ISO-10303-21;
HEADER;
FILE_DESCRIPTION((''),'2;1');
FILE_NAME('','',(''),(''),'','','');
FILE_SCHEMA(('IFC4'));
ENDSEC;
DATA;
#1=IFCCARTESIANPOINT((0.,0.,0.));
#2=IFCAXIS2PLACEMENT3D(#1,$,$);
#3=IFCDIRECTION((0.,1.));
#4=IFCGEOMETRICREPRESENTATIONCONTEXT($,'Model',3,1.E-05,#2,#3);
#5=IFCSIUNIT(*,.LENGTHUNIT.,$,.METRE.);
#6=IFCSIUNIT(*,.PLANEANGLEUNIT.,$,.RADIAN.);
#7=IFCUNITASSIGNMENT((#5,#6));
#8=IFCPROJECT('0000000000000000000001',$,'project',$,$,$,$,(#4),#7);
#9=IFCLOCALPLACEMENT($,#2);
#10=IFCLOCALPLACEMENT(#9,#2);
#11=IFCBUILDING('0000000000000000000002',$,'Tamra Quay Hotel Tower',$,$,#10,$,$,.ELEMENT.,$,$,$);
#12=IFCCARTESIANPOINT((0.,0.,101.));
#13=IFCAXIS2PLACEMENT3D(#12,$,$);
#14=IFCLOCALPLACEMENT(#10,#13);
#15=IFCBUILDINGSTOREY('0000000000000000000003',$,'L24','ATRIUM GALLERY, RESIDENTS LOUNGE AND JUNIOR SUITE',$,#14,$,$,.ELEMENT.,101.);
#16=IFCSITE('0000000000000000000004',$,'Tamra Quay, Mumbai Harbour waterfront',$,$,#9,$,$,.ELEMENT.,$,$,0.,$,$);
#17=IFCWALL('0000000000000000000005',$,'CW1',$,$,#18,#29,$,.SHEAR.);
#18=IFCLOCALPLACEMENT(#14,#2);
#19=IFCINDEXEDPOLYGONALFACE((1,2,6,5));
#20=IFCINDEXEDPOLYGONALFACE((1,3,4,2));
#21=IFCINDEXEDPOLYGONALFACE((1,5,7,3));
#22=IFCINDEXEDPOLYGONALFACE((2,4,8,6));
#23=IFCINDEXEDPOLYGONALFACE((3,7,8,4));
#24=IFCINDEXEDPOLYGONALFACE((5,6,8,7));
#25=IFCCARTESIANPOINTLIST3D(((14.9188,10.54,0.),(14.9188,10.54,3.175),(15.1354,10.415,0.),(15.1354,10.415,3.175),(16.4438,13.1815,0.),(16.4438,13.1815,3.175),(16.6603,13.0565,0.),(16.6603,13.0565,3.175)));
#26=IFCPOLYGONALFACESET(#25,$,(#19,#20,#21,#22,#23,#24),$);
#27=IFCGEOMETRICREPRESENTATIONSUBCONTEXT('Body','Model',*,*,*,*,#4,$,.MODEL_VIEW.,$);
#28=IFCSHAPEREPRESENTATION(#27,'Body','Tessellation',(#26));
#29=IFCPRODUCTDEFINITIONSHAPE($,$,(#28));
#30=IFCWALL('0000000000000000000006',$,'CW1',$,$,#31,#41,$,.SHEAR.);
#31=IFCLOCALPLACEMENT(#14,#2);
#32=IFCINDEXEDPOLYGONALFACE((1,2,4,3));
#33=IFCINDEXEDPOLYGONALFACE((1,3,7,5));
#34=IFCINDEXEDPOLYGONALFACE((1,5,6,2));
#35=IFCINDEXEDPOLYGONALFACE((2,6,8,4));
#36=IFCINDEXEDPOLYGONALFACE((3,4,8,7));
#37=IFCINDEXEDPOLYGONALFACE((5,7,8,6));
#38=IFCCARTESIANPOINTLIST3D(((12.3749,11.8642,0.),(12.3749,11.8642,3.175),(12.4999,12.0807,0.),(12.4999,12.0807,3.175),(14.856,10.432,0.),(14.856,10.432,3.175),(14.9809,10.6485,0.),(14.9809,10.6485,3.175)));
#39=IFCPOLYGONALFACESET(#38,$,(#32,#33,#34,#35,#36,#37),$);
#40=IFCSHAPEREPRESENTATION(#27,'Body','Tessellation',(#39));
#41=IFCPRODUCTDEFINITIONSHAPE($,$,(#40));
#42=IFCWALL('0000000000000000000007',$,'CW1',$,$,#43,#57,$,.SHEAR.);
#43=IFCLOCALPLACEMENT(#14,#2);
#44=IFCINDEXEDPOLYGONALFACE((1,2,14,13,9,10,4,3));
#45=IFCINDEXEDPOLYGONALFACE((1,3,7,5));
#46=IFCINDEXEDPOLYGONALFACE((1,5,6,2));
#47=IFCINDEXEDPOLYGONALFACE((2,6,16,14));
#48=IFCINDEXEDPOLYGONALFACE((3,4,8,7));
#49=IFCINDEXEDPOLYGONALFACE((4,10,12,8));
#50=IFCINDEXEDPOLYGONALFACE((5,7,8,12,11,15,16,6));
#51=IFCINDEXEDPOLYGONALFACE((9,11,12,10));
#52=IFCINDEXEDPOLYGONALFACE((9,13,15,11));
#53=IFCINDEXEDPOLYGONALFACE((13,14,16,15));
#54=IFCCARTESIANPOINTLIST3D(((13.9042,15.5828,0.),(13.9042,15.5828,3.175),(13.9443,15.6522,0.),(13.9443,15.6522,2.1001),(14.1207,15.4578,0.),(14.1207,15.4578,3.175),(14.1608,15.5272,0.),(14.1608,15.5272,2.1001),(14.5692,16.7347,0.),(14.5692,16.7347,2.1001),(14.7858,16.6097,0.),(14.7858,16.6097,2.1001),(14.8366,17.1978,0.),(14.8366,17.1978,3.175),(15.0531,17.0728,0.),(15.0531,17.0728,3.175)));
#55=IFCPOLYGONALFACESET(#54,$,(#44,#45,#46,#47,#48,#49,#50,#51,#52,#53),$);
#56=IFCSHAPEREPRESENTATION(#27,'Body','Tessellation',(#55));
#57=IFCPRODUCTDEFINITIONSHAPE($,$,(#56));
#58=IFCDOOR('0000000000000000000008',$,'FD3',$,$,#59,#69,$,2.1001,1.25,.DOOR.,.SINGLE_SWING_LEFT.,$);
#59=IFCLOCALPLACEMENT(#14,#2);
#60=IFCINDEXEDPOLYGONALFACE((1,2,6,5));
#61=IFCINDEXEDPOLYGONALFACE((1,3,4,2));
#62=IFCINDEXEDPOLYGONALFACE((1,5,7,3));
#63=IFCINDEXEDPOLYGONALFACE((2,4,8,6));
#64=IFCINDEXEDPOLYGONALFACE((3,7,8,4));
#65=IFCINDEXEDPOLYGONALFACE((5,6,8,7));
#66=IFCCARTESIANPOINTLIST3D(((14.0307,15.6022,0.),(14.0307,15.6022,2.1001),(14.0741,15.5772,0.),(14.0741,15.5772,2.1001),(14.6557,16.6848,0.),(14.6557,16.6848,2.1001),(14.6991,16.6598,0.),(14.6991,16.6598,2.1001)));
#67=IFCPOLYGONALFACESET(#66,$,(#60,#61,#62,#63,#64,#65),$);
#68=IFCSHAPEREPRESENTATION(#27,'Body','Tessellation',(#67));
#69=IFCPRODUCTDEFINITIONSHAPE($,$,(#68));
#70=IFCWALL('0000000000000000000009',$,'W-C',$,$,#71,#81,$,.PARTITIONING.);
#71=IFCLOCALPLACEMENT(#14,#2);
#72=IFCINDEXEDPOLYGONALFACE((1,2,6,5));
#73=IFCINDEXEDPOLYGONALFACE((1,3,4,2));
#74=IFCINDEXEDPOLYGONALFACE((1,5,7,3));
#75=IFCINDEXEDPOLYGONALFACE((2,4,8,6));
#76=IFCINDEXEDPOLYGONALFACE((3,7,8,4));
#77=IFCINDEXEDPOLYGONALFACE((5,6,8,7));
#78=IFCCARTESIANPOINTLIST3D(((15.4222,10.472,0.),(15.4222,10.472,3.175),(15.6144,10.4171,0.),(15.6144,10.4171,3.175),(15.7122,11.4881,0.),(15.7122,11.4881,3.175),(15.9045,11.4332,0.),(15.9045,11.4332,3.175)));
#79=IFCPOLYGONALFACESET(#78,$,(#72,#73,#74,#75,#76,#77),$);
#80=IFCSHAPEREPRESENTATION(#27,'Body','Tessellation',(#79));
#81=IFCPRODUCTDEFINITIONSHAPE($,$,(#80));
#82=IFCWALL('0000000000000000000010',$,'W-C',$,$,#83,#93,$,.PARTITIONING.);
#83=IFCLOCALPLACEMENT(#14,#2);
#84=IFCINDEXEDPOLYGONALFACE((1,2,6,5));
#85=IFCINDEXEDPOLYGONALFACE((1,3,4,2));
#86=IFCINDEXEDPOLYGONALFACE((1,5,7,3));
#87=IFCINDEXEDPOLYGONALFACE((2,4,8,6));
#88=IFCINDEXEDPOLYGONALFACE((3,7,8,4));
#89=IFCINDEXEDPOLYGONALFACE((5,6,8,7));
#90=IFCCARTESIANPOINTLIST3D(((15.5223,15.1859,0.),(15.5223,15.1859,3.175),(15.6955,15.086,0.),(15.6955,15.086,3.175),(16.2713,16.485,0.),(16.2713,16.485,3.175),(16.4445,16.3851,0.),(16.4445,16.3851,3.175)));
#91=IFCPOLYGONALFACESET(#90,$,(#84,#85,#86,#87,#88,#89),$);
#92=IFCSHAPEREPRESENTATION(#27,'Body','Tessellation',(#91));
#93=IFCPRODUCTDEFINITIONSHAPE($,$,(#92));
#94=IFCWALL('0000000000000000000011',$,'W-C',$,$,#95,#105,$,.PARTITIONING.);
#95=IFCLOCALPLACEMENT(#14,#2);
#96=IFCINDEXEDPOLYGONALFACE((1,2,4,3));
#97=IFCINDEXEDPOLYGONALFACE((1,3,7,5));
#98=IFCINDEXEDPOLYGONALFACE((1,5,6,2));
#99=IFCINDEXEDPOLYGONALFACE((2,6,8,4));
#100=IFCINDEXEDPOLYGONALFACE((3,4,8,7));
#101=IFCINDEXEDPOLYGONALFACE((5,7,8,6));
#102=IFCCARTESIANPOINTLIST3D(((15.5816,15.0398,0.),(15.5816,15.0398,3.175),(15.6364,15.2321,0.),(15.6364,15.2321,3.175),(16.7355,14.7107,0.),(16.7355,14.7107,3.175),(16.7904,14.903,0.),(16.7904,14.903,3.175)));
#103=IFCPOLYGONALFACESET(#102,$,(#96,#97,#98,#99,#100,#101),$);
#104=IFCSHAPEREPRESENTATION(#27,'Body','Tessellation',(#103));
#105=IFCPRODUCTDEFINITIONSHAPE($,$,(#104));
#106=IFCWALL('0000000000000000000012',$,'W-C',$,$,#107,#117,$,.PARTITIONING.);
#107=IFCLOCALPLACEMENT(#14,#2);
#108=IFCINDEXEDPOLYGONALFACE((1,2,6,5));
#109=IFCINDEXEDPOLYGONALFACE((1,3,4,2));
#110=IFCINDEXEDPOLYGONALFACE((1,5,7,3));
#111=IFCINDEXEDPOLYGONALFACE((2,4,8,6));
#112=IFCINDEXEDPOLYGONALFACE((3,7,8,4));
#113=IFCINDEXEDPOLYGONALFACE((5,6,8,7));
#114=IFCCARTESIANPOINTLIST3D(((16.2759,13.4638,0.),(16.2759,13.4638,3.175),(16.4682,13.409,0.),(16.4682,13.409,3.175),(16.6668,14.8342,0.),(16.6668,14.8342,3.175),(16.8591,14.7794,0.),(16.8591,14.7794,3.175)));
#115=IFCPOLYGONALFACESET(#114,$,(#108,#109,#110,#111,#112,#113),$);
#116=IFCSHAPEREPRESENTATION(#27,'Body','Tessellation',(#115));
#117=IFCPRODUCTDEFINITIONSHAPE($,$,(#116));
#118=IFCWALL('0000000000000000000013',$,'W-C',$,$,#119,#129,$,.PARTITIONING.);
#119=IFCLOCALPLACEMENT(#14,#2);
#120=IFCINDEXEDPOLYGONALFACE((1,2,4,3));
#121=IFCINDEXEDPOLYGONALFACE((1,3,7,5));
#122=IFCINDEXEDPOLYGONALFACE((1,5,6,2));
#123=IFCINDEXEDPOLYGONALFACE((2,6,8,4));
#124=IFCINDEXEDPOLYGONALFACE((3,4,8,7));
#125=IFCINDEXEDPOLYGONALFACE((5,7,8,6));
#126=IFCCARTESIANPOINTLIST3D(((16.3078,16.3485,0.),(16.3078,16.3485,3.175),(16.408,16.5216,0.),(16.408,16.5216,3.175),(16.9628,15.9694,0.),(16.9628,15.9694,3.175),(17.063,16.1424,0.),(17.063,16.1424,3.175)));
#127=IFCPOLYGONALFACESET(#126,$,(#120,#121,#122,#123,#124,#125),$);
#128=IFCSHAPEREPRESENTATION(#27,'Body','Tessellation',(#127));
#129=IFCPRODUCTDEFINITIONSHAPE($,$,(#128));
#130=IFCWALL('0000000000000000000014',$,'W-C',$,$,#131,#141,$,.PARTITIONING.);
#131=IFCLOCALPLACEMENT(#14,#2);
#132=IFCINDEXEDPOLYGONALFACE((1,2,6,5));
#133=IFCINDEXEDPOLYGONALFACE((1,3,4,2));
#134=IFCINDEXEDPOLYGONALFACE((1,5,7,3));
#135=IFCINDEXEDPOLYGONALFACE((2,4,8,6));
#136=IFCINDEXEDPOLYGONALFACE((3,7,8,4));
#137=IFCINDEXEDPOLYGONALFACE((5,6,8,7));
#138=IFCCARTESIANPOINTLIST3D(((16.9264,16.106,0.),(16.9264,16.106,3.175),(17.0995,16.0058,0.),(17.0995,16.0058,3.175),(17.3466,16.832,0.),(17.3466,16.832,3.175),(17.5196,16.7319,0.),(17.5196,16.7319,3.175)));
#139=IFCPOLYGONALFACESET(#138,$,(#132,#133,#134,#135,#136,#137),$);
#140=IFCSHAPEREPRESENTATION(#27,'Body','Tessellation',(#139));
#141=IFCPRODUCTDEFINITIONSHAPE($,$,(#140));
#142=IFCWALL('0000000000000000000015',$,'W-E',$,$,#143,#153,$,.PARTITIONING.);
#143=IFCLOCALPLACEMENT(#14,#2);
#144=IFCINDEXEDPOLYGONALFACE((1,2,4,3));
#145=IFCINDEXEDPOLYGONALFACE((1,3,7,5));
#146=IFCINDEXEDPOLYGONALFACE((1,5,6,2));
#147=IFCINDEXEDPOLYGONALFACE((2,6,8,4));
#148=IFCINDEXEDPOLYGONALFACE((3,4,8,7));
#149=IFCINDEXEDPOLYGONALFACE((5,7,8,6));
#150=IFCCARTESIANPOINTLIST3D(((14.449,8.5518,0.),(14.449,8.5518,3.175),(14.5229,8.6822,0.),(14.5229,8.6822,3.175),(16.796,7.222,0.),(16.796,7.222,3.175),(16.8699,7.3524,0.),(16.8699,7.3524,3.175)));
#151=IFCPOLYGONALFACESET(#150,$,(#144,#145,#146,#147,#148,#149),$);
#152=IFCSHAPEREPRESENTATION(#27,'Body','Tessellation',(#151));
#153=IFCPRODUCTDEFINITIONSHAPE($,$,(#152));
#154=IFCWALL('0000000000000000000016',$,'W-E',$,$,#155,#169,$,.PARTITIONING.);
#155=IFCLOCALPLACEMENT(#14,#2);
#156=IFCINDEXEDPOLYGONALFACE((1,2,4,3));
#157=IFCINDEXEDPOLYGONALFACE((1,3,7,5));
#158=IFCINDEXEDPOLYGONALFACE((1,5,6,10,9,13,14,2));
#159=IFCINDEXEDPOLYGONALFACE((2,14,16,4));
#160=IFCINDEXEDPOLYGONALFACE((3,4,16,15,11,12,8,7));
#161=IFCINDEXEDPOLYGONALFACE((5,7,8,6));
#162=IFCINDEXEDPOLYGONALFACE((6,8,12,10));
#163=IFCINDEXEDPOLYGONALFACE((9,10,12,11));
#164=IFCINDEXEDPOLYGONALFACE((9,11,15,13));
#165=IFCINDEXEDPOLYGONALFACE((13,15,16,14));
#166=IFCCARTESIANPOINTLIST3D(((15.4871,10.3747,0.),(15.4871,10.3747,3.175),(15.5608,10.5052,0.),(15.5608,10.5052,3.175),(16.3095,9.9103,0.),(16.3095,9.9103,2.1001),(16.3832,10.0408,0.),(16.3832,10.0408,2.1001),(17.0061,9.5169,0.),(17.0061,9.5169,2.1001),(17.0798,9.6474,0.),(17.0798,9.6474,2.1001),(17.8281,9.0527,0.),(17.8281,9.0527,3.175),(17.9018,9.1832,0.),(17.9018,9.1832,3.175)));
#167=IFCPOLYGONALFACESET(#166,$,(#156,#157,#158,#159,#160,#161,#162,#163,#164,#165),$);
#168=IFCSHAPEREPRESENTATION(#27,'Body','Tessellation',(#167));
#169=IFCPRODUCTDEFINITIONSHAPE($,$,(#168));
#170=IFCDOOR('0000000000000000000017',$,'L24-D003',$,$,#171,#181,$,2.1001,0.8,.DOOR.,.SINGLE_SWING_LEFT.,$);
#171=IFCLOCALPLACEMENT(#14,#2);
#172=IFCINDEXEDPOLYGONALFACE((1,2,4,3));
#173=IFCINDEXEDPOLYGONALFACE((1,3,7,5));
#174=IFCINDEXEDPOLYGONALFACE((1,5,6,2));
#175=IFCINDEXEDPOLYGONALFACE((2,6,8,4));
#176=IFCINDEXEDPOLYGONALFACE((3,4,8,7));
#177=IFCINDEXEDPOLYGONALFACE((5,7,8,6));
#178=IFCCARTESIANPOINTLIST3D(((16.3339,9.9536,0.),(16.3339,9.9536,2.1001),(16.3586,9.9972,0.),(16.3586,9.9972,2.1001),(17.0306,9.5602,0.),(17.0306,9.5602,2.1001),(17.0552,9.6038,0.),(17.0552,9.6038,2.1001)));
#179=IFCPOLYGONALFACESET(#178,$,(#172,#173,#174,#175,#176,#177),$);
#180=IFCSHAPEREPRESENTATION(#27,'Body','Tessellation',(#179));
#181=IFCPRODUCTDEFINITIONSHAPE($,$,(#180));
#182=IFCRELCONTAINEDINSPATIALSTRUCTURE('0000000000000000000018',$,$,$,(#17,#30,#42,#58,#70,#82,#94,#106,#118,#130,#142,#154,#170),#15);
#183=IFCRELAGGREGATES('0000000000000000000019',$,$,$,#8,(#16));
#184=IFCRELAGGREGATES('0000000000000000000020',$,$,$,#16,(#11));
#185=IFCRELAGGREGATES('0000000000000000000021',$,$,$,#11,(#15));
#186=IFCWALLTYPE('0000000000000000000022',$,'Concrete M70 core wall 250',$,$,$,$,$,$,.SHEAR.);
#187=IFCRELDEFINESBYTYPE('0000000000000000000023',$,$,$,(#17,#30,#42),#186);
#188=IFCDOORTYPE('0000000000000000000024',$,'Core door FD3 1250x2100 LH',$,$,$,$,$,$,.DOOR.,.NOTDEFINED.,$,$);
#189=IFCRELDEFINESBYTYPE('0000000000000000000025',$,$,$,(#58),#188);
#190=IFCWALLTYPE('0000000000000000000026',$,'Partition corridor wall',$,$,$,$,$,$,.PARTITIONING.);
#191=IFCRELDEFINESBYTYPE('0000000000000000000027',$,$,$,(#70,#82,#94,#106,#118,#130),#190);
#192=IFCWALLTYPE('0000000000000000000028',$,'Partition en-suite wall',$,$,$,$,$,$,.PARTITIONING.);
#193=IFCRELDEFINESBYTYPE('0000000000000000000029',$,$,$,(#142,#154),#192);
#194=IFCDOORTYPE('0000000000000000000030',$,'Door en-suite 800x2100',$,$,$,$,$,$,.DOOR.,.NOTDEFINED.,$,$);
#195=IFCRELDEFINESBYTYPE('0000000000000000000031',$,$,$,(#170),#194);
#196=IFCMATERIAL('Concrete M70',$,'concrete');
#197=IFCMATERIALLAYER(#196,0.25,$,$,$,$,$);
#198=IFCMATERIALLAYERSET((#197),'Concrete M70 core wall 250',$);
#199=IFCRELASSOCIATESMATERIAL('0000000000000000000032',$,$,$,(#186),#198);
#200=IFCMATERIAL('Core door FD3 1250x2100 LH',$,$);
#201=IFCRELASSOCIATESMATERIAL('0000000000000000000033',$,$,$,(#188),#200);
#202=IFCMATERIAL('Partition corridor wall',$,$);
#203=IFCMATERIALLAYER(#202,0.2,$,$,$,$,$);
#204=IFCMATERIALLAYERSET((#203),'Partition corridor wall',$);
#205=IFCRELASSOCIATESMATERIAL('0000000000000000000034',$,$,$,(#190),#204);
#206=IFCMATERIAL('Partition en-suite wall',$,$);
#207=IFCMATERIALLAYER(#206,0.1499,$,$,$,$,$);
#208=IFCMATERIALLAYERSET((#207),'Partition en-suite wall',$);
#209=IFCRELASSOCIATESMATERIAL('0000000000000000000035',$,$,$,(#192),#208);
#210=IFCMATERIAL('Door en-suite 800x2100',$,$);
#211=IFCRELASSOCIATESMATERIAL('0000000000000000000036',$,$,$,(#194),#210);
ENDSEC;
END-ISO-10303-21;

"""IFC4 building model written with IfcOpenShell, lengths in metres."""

from ifc_helpers import new_model, si_unit, direction, frame, frame_2d, origin, place, context, subcontext, project, spatial, rectangle, extrude, material, layer, layer_set, type_object, element, fill, save


model = new_model("IFC4")

# Units and contexts
model_context = context("Model", 3, precision=1e-05, world=origin(), true_north=direction((0.0, 1.0)))
body_context = subcontext(model_context, "Body", "Model", "MODEL_VIEW")
ifc_project = project(units=[si_unit("LENGTHUNIT", "METRE"), si_unit("PLANEANGLEUNIT", "RADIAN")], contexts=[model_context])

# Site, building, storey
site_placement = place(None, origin())
site = spatial("IfcSite", under=ifc_project, at=site_placement, Name="Tamra Quay, Mumbai Harbour waterfront", CompositionType="ELEMENT", RefElevation=0.0)
building_placement = place(site_placement, origin())
building = spatial("IfcBuilding", under=site, at=building_placement, Name="Tamra Quay Hotel Tower", CompositionType="ELEMENT")
storey_placement = place(building_placement, frame((0.0, 0.0, 101.0)))
storey = spatial("IfcBuildingStorey", under=building, at=storey_placement, Name="L24", Description="ATRIUM GALLERY, RESIDENTS LOUNGE AND JUNIOR SUITE", CompositionType="ELEMENT", Elevation=101.0)

# Shared definitions
ifc_material_1 = material(Name="Concrete M70", Category="concrete")

# Walls
ifc_layer_1 = layer(ifc_material_1, 0.25)
ifc_layer_set_1 = layer_set([ifc_layer_1], Name="Concrete M70 core wall 250")
wall_type_1 = type_object("IfcWallType", Name="Concrete M70 core wall 250", PredefinedType="SHEAR", material=ifc_layer_set_1)
wall_1_placement = place(storey_placement, frame((16.552, 13.1189, 0.0), z_axis=(0.0, 0.0, 1.0), x_axis=(-0.499979, -0.866038, 0.0)))
element("IfcWall", 1, at=wall_1_placement, inside=storey, type_object=wall_type_1, Name="CW1", PredefinedType="SHEAR", context=body_context, shape_type="SweptSolid", body=[
    extrude(rectangle(XDim=3.05, YDim=0.25, at=frame_2d((1.5249, 0.0))), origin(), (0.0, 0.0, 1.0), 3.175),
])
wall_2_placement = place(storey_placement, frame((14.9185, 10.5403, 0.0), z_axis=(0.0, 0.0, 1.0), x_axis=(-0.866064, 0.499934, 0.0)))
element("IfcWall", 2, at=wall_2_placement, inside=storey, type_object=wall_type_1, Name="CW1", PredefinedType="SHEAR", context=body_context, shape_type="SweptSolid", body=[
    extrude(rectangle(XDim=2.8647, YDim=0.25, at=frame_2d((1.4324, 0.0))), origin(), (0.0, 0.0, 1.0), 3.175),
])

# Wall, opening, door
wall_3_placement = place(storey_placement, frame((14.9448, 17.1353, 0.0), z_axis=(0.0, 0.0, 1.0), x_axis=(-0.499983, -0.866035, 0.0)))
wall_3 = element("IfcWall", 3, at=wall_3_placement, inside=storey, type_object=wall_type_1, Name="CW1", PredefinedType="SHEAR", context=body_context, shape_type="SweptSolid", body=[
    extrude(rectangle(XDim=1.8647, YDim=0.25, at=frame_2d((0.9324, 0.0))), origin(), (0.0, 0.0, 1.0), 3.175),
])
opening_1_placement = place(wall_3_placement, frame((0.5347, 0.0, 0.0)))
opening_1 = element("IfcOpeningElement", 4, at=opening_1_placement, cuts=wall_3, PredefinedType="OPENING", context=body_context, shape_type="SweptSolid", body=[
    extrude(rectangle(XDim=1.25, YDim=2.1001, at=frame_2d((0.625, 1.05))), frame((0.0, 0.135, 0.0), z_axis=(0.0, -1.0, 0.0), x_axis=(1.0, 0.0, 0.0)), (0.0, 0.0, 1.0), 0.27),
])
ifc_material_2 = material(Name="Core door FD3 1250x2100 LH")
door_type_1 = type_object("IfcDoorType", Name="Core door FD3 1250x2100 LH", OperationType="NOTDEFINED", PredefinedType="DOOR", material=ifc_material_2)
door_1_placement = place(opening_1_placement, origin())
door_1 = element("IfcDoor", 5, at=door_1_placement, inside=storey, type_object=door_type_1, Name="FD3", OperationType="SINGLE_SWING_LEFT", OverallHeight=2.1001, OverallWidth=1.25, PredefinedType="DOOR", context=body_context, shape_type="SweptSolid", body=[
    extrude(rectangle(XDim=1.25, YDim=2.1001, at=frame_2d((0.625, 1.05))), frame((0.0, 0.0249, 0.0), z_axis=(0.0, -1.0, 0.0), x_axis=(1.0, 0.0, 0.0)), (0.0, 0.0, 1.0), 0.05),
])
fill(opening_1, door_1)

# Walls
ifc_material_3 = material(Name="Partition corridor wall")
ifc_layer_2 = layer(ifc_material_3, 0.2)
ifc_layer_set_2 = layer_set([ifc_layer_2], Name="Partition corridor wall")
wall_type_2 = type_object("IfcWallType", Name="Partition corridor wall", PredefinedType="PARTITIONING", material=ifc_layer_set_2)
wall_4_placement = place(storey_placement, frame((15.5183, 10.4446, 0.0), z_axis=(0.0, 0.0, 1.0), x_axis=(0.274477, 0.961594, 0.0)))
element("IfcWall", 6, at=wall_4_placement, inside=storey, type_object=wall_type_2, Name="W-C", PredefinedType="PARTITIONING", context=body_context, shape_type="SweptSolid", body=[
    extrude(rectangle(XDim=1.0566, YDim=0.2, at=frame_2d((0.5283, 0.0))), origin(), (0.0, 0.0, 1.0), 3.175),
])
wall_5_placement = place(storey_placement, frame((15.6089, 15.136, 0.0), z_axis=(0.0, 0.0, 1.0), x_axis=(0.499502, 0.866313, 0.0)))
element("IfcWall", 7, at=wall_5_placement, inside=storey, type_object=wall_type_2, Name="W-C", PredefinedType="PARTITIONING", context=body_context, shape_type="SweptSolid", body=[
    extrude(rectangle(XDim=1.4995, YDim=0.2, at=frame_2d((0.7498, 0.0))), origin(), (0.0, 0.0, 1.0), 3.175),
])
wall_6_placement = place(storey_placement, frame((15.6089, 15.136, 0.0), z_axis=(0.0, 0.0, 1.0), x_axis=(0.961662, -0.274237, 0.0)))
element("IfcWall", 8, at=wall_6_placement, inside=storey, type_object=wall_type_2, Name="W-C", PredefinedType="PARTITIONING", context=body_context, shape_type="SweptSolid", body=[
    extrude(rectangle(XDim=1.2, YDim=0.2, at=frame_2d((0.6001, 0.0))), origin(), (0.0, 0.0, 1.0), 3.175),
])
wall_7_placement = place(storey_placement, frame((16.3721, 13.4365, 0.0), z_axis=(0.0, 0.0, 1.0), x_axis=(0.274291, 0.961647, 0.0)))
element("IfcWall", 9, at=wall_7_placement, inside=storey, type_object=wall_type_2, Name="W-C", PredefinedType="PARTITIONING", context=body_context, shape_type="SweptSolid", body=[
    extrude(rectangle(XDim=1.425, YDim=0.2, at=frame_2d((0.7124, 0.0))), origin(), (0.0, 0.0, 1.0), 3.175),
])
wall_8_placement = place(storey_placement, frame((16.3579, 16.4351, 0.0), z_axis=(0.0, 0.0, 1.0), x_axis=(0.86547, -0.50096, 0.0)))
element("IfcWall", 10, at=wall_8_placement, inside=storey, type_object=wall_type_2, Name="W-C", PredefinedType="PARTITIONING", context=body_context, shape_type="SweptSolid", body=[
    extrude(rectangle(XDim=0.7568, YDim=0.2, at=frame_2d((0.3784, 0.0))), origin(), (0.0, 0.0, 1.0), 3.175),
])
wall_9_placement = place(storey_placement, frame((17.0129, 16.0559, 0.0), z_axis=(0.0, 0.0, 1.0), x_axis=(0.500864, 0.865526, 0.0)))
element("IfcWall", 11, at=wall_9_placement, inside=storey, type_object=wall_type_2, Name="W-C", PredefinedType="PARTITIONING", context=body_context, shape_type="SweptSolid", body=[
    extrude(rectangle(XDim=0.8389, YDim=0.2, at=frame_2d((0.4194, 0.0))), origin(), (0.0, 0.0, 1.0), 3.175),
])
ifc_material_4 = material(Name="Partition en-suite wall")
ifc_layer_3 = layer(ifc_material_4, 0.1499)
ifc_layer_set_3 = layer_set([ifc_layer_3], Name="Partition en-suite wall")
wall_type_3 = type_object("IfcWallType", Name="Partition en-suite wall", PredefinedType="PARTITIONING", material=ifc_layer_set_3)
wall_10_placement = place(storey_placement, frame((14.4861, 8.6169, 0.0), z_axis=(0.0, 0.0, 1.0), x_axis=(0.870036, -0.492987, 0.0)))
element("IfcWall", 12, at=wall_10_placement, inside=storey, type_object=wall_type_3, Name="W-E", PredefinedType="PARTITIONING", context=body_context, shape_type="SweptSolid", body=[
    extrude(rectangle(XDim=2.6975, YDim=0.1499, at=frame_2d((1.3486, 0.0))), origin(), (0.0, 0.0, 1.0), 3.175),
])

# Wall, opening, door
wall_11_placement = place(storey_placement, frame((15.5239, 10.4399, 0.0), z_axis=(0.0, 0.0, 1.0), x_axis=(0.870752, -0.491722, 0.0)))
wall_11 = element("IfcWall", 13, at=wall_11_placement, inside=storey, type_object=wall_type_3, Name="W-E", PredefinedType="PARTITIONING", context=body_context, shape_type="SweptSolid", body=[
    extrude(rectangle(XDim=2.6885, YDim=0.1499, at=frame_2d((1.3442, 0.0))), origin(), (0.0, 0.0, 1.0), 3.175),
])
opening_2_placement = place(wall_11_placement, frame((0.9446, 0.0, 0.0)))
opening_2 = element("IfcOpeningElement", 14, at=opening_2_placement, cuts=wall_11, PredefinedType="OPENING", context=body_context, shape_type="SweptSolid", body=[
    extrude(rectangle(XDim=0.8, YDim=2.1001, at=frame_2d((0.3999, 1.05))), frame((0.0, 0.085, 0.0), z_axis=(0.0, -1.0, 0.0), x_axis=(1.0, 0.0, 0.0)), (0.0, 0.0, 1.0), 0.1699),
])
ifc_material_5 = material(Name="Door en-suite 800x2100")
door_type_2 = type_object("IfcDoorType", Name="Door en-suite 800x2100", OperationType="NOTDEFINED", PredefinedType="DOOR", material=ifc_material_5)
door_2_placement = place(opening_2_placement, origin())
door_2 = element("IfcDoor", 15, at=door_2_placement, inside=storey, type_object=door_type_2, Name="L24-D003", OperationType="SINGLE_SWING_LEFT", OverallHeight=2.1001, OverallWidth=0.8, PredefinedType="DOOR", context=body_context, shape_type="SweptSolid", body=[
    extrude(rectangle(XDim=0.8, YDim=2.1001, at=frame_2d((0.3999, 1.05))), frame((0.0, 0.0249, 0.0), z_axis=(0.0, -1.0, 0.0), x_axis=(1.0, 0.0, 0.0)), (0.0, 0.0, 1.0), 0.05),
])
fill(opening_2, door_2)

save(model, "model.ifc")
